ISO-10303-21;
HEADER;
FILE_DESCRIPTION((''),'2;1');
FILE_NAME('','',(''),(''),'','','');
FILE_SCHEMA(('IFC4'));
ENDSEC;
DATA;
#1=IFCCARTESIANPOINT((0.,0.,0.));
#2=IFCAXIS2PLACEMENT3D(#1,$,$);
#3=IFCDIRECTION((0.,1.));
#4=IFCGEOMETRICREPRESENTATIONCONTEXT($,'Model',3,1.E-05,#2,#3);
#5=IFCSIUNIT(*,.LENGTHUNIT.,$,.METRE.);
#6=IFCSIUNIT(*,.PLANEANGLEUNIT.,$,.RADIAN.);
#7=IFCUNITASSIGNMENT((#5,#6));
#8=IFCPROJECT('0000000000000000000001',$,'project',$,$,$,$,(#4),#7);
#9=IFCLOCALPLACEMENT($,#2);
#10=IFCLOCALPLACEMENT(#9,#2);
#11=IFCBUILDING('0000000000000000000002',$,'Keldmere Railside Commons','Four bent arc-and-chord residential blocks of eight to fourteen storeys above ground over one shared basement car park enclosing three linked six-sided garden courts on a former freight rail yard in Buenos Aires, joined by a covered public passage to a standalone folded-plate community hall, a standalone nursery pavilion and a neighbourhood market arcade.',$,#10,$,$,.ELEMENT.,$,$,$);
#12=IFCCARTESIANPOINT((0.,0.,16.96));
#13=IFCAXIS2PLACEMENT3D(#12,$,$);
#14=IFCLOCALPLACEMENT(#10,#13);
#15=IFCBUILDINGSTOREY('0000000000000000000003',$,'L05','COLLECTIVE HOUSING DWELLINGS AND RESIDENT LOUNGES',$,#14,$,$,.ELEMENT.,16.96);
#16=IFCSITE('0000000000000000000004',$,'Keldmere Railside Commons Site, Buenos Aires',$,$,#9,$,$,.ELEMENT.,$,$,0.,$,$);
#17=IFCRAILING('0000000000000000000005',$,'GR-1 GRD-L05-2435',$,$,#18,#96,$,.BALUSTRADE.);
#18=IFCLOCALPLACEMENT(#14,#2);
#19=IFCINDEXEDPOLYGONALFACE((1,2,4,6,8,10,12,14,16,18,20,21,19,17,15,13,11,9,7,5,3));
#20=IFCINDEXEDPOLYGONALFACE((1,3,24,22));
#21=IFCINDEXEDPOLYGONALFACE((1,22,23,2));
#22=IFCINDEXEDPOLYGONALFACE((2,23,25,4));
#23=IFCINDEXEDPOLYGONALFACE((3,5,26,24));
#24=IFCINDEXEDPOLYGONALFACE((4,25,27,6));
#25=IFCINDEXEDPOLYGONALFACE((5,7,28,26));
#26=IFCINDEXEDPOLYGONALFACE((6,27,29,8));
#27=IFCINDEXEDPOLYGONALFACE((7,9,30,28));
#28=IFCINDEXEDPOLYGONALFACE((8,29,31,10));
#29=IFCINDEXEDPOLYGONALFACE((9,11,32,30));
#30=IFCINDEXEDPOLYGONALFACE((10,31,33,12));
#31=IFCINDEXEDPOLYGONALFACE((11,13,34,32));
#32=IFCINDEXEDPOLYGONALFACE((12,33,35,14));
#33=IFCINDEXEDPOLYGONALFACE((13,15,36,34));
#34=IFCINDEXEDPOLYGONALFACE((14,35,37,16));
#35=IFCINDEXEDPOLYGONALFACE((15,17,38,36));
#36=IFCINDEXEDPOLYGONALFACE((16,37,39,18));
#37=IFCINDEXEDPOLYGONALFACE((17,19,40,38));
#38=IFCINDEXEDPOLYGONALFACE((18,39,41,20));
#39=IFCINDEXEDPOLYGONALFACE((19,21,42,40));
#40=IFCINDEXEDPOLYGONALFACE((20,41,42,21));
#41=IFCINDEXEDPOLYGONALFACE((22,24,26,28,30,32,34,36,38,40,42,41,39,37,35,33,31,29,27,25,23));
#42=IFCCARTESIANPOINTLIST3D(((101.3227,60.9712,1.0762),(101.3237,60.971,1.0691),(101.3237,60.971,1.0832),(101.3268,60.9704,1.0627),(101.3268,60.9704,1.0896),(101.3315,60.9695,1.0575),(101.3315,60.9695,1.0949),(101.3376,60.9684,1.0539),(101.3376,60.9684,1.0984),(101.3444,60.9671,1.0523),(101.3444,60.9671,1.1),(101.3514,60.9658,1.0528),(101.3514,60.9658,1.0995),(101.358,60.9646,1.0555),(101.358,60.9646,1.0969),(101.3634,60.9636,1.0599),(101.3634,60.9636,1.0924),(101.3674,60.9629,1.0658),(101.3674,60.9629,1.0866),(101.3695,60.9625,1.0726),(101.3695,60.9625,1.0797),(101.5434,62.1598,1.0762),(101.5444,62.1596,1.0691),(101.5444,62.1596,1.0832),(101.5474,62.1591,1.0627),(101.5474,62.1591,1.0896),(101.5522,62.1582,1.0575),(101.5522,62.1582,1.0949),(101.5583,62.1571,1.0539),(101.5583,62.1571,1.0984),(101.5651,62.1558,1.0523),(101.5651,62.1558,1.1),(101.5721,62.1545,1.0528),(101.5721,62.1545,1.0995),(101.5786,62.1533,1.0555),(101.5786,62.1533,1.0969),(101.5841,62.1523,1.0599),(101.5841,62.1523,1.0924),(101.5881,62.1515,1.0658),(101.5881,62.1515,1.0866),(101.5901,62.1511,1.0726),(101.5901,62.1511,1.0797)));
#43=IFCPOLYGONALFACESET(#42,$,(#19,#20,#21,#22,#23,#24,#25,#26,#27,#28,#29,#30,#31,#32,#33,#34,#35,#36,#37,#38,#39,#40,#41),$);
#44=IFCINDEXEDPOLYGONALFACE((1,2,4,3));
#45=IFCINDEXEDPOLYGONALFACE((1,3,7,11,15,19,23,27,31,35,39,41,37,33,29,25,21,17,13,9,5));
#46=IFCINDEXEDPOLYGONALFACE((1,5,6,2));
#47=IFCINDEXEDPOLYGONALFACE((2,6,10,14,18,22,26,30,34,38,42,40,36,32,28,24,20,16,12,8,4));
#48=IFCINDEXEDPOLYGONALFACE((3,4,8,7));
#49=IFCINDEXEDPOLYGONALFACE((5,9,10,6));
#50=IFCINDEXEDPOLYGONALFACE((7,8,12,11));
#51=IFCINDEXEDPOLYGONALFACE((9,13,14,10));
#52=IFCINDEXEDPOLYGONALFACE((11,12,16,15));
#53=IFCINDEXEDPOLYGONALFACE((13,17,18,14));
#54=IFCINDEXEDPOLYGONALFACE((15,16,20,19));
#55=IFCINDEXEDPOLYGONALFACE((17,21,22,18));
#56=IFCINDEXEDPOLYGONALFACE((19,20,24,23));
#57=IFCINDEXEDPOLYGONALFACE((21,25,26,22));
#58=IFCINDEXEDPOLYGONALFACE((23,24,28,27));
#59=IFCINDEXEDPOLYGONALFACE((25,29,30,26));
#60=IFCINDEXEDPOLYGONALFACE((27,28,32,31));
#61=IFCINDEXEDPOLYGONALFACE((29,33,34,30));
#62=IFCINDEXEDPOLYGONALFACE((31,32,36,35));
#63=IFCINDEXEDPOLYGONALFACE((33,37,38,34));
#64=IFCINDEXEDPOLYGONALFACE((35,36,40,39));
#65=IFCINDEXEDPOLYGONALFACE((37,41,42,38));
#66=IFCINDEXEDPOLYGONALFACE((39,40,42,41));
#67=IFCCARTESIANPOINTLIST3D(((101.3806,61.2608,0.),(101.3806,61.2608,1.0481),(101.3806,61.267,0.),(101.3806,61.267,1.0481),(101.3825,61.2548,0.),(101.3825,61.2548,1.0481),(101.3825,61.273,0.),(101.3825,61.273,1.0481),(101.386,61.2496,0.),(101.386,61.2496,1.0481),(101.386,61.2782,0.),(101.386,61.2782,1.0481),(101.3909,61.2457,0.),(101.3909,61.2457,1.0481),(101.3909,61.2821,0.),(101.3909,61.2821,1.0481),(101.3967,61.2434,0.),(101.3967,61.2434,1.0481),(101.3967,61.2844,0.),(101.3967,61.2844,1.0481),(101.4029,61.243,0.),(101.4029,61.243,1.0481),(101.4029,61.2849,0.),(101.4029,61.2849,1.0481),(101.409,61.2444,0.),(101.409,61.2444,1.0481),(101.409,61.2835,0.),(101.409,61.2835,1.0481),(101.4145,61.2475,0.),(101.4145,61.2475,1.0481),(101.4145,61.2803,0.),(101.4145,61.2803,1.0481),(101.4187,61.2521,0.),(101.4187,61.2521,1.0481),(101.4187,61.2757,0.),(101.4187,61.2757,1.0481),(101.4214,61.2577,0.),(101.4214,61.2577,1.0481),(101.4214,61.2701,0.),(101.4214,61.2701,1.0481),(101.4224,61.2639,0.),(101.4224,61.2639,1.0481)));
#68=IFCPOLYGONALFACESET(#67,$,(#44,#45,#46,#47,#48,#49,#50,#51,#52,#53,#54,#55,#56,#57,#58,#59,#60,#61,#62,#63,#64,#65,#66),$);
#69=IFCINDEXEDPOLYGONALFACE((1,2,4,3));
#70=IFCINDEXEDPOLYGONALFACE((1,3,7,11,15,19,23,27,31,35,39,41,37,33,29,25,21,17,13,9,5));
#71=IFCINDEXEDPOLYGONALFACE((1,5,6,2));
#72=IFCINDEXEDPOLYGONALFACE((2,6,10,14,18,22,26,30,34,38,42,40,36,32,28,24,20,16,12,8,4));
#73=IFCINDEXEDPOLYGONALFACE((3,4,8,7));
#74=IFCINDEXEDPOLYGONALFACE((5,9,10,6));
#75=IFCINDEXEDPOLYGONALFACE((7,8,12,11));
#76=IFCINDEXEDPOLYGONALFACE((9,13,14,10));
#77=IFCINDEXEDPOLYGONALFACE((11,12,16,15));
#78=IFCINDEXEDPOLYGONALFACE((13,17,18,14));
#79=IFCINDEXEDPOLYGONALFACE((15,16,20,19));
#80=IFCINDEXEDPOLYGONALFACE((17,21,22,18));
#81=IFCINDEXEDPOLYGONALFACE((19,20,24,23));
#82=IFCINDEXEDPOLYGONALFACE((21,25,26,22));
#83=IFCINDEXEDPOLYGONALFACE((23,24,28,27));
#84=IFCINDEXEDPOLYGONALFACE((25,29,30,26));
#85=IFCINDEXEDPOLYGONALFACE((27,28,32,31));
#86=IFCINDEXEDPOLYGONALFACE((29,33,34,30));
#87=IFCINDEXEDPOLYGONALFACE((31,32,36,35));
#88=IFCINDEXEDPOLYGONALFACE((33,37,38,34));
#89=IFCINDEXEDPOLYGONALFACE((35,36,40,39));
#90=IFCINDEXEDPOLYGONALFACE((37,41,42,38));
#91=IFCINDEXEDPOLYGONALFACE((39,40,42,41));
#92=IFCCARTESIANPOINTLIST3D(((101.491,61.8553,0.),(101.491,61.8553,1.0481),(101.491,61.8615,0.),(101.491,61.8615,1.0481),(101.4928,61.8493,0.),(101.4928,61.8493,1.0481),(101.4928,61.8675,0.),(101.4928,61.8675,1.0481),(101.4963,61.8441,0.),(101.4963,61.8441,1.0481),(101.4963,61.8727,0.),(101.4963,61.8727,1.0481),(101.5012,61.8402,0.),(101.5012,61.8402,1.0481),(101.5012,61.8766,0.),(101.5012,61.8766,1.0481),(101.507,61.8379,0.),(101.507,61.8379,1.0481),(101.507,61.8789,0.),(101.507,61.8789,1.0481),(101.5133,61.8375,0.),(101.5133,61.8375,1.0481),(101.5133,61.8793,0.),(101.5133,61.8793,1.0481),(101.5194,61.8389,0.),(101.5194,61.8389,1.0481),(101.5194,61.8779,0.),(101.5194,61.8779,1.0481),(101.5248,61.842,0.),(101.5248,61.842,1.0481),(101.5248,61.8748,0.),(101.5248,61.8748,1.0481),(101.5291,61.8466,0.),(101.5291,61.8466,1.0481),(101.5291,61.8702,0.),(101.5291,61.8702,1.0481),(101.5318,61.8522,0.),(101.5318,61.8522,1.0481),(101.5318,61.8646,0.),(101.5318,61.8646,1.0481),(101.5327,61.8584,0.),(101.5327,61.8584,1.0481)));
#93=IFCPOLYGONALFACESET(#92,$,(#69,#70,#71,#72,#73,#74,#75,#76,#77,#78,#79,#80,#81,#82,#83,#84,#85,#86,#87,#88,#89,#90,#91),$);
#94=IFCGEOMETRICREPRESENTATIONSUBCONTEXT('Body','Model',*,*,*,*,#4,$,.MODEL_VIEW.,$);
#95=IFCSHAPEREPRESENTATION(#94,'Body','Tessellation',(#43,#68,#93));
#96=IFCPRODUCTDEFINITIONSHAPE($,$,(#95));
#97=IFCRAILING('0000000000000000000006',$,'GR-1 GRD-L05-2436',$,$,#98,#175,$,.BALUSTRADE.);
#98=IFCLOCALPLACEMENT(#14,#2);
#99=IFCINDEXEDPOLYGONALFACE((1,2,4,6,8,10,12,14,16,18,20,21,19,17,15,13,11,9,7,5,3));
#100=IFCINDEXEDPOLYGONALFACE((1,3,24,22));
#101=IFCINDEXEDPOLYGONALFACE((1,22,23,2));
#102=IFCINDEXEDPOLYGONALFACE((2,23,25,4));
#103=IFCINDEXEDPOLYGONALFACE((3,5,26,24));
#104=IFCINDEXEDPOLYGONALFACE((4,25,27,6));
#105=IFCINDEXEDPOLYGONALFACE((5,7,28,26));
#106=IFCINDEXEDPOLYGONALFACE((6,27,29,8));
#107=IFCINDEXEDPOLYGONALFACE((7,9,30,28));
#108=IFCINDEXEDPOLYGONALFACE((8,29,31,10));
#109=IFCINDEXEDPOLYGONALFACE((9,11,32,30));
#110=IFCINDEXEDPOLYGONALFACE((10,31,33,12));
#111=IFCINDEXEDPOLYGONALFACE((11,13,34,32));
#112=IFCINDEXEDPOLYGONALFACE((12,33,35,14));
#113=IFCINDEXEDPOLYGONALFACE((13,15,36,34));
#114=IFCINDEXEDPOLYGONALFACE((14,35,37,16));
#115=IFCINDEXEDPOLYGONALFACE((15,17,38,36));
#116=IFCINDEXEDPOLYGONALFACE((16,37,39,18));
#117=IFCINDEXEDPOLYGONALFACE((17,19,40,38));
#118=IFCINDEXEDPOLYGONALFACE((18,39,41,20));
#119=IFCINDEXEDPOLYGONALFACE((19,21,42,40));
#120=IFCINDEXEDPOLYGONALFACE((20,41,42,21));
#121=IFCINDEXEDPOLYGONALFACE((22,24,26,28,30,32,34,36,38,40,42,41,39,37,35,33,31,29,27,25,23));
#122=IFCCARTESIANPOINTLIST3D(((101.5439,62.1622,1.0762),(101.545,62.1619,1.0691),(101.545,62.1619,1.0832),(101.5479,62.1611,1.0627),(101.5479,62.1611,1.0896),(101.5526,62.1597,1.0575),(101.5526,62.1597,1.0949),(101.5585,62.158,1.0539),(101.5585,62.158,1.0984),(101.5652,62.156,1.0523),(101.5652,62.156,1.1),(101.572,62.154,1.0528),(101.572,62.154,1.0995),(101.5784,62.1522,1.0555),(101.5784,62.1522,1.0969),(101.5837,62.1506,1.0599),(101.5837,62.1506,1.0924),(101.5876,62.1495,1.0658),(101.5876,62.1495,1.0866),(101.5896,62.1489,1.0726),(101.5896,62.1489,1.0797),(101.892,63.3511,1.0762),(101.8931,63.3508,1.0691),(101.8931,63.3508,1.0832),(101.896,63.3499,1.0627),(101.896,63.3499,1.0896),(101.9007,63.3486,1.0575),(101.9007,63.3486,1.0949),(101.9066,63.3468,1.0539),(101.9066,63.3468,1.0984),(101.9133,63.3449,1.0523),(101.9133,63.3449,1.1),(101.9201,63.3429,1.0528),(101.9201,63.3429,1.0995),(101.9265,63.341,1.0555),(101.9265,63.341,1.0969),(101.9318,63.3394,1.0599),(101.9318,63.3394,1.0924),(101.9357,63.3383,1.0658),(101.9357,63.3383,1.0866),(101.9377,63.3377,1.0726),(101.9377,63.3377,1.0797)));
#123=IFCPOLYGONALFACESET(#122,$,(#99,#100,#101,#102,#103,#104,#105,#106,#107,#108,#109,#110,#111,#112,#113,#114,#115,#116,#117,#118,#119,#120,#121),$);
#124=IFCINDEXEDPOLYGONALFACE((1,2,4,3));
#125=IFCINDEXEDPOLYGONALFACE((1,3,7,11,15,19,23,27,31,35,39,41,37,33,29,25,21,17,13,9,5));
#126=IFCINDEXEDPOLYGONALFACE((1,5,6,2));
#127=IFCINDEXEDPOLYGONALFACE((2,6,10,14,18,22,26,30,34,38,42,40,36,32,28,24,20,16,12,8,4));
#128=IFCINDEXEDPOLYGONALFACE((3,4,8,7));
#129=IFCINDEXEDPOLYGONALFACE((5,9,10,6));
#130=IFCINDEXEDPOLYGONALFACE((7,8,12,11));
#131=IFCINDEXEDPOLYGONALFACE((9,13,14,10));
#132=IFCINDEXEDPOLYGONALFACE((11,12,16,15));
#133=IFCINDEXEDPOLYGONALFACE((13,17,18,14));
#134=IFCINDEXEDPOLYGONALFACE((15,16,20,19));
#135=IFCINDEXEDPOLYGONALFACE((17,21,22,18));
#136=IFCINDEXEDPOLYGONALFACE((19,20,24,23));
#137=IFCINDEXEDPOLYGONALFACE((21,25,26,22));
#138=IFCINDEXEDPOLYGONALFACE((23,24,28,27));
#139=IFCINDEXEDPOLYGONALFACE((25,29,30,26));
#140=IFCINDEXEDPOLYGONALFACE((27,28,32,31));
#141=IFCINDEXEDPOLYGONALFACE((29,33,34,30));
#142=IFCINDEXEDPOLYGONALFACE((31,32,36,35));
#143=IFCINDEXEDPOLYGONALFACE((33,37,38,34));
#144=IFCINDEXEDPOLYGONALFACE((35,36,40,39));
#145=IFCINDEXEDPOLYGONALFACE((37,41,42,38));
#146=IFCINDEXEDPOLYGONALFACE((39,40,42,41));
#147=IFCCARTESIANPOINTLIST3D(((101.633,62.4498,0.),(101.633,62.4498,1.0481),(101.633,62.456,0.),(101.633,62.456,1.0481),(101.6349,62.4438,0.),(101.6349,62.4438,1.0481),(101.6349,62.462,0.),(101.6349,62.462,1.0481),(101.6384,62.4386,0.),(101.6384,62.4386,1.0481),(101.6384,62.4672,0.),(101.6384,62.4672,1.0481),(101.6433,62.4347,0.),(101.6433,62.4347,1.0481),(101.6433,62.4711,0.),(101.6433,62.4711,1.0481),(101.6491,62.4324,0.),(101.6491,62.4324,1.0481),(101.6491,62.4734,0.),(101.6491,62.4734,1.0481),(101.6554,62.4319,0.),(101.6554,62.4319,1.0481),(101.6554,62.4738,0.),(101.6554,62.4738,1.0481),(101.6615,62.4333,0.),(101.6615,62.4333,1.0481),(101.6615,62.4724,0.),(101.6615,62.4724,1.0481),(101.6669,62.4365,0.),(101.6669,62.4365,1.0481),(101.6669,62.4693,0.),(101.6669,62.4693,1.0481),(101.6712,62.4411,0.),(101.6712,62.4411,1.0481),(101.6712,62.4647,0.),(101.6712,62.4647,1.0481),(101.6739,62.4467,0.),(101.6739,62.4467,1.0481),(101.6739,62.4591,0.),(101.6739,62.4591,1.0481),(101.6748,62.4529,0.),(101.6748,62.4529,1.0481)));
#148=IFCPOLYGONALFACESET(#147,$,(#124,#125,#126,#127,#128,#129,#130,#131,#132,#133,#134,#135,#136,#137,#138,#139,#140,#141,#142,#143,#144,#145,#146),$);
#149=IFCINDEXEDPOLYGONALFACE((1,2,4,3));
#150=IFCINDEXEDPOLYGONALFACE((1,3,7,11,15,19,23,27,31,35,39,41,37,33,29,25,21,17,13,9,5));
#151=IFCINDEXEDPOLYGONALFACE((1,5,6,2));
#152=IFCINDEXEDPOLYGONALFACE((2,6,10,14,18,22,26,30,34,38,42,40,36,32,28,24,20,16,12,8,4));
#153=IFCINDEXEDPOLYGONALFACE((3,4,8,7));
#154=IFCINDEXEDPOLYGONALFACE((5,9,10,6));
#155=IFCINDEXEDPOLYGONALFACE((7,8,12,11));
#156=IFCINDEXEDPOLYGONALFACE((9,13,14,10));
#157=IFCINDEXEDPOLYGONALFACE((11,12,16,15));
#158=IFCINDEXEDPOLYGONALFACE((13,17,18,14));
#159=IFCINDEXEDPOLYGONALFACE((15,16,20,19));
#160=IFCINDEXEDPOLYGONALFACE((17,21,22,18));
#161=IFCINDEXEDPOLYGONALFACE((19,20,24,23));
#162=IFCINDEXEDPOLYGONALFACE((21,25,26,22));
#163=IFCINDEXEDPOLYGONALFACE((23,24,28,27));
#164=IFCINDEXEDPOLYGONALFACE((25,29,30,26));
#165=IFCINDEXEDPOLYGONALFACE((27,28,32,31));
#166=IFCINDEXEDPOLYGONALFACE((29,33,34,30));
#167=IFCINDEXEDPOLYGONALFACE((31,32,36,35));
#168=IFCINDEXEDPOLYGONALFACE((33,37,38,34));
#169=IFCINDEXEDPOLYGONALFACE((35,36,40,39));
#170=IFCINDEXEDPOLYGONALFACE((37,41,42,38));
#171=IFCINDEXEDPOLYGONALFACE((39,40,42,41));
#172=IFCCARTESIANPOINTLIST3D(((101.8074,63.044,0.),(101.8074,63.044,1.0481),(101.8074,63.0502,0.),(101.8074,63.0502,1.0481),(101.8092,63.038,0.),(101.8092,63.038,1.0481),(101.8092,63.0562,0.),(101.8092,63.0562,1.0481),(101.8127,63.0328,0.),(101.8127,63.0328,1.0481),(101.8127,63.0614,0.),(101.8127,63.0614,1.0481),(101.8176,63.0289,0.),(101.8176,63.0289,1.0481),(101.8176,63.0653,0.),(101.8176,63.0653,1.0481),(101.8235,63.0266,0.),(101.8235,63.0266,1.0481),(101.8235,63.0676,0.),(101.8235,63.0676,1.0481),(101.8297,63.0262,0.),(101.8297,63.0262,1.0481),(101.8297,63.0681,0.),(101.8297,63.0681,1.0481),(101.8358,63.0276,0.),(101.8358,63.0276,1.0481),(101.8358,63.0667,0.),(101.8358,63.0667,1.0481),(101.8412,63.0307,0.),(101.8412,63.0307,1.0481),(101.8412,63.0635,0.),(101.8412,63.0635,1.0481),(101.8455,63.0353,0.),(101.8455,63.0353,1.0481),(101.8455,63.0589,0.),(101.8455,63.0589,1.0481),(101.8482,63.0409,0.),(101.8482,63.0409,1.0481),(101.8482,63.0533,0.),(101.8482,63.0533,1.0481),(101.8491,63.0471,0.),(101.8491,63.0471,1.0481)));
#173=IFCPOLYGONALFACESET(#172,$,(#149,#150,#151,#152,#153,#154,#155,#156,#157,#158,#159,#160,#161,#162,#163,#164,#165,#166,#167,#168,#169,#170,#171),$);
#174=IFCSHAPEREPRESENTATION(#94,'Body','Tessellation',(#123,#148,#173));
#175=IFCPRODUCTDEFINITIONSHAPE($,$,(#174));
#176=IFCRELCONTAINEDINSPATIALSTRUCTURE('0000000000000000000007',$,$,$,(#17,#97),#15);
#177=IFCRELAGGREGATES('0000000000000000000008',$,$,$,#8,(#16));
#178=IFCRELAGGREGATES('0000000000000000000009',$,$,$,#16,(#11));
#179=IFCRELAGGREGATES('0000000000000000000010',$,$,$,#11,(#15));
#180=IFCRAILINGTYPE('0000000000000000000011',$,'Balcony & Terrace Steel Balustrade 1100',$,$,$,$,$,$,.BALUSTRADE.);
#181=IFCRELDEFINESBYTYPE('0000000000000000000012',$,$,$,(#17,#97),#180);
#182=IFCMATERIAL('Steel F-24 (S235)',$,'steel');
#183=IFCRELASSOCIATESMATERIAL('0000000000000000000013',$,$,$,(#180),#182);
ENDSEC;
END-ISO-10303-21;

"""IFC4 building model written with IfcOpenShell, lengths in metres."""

from ifc_helpers import new_model, si_unit, direction, frame, origin, origin_2d, place, context, subcontext, project, spatial, circle, extrude, material, type_object, element, save


model = new_model("IFC4")

# Units and contexts
model_context = context("Model", 3, precision=1e-05, world=origin(), true_north=direction((0.0, 1.0)))
body_context = subcontext(model_context, "Body", "Model", "MODEL_VIEW")
ifc_project = project(units=[si_unit("LENGTHUNIT", "METRE"), si_unit("PLANEANGLEUNIT", "RADIAN")], contexts=[model_context])

# Site, building, storey
site_placement = place(None, origin())
site = spatial("IfcSite", under=ifc_project, at=site_placement, Name="Keldmere Railside Commons Site, Buenos Aires", CompositionType="ELEMENT", RefElevation=0.0)
building_placement = place(site_placement, origin())
building = spatial("IfcBuilding", under=site, at=building_placement, Name="Keldmere Railside Commons", Description="Four bent arc-and-chord residential blocks of eight to fourteen storeys above ground over one shared basement car park enclosing three linked six-sided garden courts on a former freight rail yard in Buenos Aires, joined by a covered public passage to a standalone folded-plate community hall, a standalone nursery pavilion and a neighbourhood market arcade.", CompositionType="ELEMENT")
storey_placement = place(building_placement, frame((0.0, 0.0, 16.96)))
storey = spatial("IfcBuildingStorey", under=building, at=storey_placement, Name="L05", Description="COLLECTIVE HOUSING DWELLINGS AND RESIDENT LOUNGES", CompositionType="ELEMENT", Elevation=16.96)

# Railings
ifc_material_1 = material(Name="Steel F-24 (S235)", Category="steel")
railing_type = type_object("IfcRailingType", Name="Balcony & Terrace Steel Balustrade 1100", PredefinedType="BALUSTRADE", material=ifc_material_1)
railing_1_placement = place(storey_placement, frame((101.3462, 60.9668, 0.0)))
element("IfcRailing", 1, at=railing_1_placement, inside=storey, type_object=railing_type, Name="GR-1 GRD-L05-2435", PredefinedType="BALUSTRADE", context=body_context, shape_type="SweptSolid", body=[
    extrude(circle(Radius=0.0239, at=origin_2d()), frame((0.0, 0.0, 1.0762), z_axis=(0.182545, 0.983198, 0.0), x_axis=(-0.983198, 0.182545, 0.0)), (0.0, 0.0, 1.0), 1.209),
    extrude(circle(Radius=0.021, at=origin_2d()), frame((0.0552, 0.2971, 0.0)), (0.0, 0.0, 1.0), 1.0481),
    extrude(circle(Radius=0.021, at=origin_2d()), frame((0.1655, 0.8916, 0.0)), (0.0, 0.0, 1.0), 1.0481),
])
railing_2_placement = place(storey_placement, frame((101.5669, 62.1555, 0.0)))
element("IfcRailing", 2, at=railing_2_placement, inside=storey, type_object=railing_type, Name="GR-1 GRD-L05-2436", PredefinedType="BALUSTRADE", context=body_context, shape_type="SweptSolid", body=[
    extrude(circle(Radius=0.0239, at=origin_2d()), frame((0.0, 0.0, 1.0762), z_axis=(0.281014, 0.959704, 0.0), x_axis=(-0.959704, 0.281014, 0.0)), (0.0, 0.0, 1.0), 1.2388),
    extrude(circle(Radius=0.021, at=origin_2d()), frame((0.0869, 0.2974, 0.0)), (0.0, 0.0, 1.0), 1.0481),
    extrude(circle(Radius=0.021, at=origin_2d()), frame((0.2612, 0.8916, 0.0)), (0.0, 0.0, 1.0), 1.0481),
])

save(model, "model.ifc")
